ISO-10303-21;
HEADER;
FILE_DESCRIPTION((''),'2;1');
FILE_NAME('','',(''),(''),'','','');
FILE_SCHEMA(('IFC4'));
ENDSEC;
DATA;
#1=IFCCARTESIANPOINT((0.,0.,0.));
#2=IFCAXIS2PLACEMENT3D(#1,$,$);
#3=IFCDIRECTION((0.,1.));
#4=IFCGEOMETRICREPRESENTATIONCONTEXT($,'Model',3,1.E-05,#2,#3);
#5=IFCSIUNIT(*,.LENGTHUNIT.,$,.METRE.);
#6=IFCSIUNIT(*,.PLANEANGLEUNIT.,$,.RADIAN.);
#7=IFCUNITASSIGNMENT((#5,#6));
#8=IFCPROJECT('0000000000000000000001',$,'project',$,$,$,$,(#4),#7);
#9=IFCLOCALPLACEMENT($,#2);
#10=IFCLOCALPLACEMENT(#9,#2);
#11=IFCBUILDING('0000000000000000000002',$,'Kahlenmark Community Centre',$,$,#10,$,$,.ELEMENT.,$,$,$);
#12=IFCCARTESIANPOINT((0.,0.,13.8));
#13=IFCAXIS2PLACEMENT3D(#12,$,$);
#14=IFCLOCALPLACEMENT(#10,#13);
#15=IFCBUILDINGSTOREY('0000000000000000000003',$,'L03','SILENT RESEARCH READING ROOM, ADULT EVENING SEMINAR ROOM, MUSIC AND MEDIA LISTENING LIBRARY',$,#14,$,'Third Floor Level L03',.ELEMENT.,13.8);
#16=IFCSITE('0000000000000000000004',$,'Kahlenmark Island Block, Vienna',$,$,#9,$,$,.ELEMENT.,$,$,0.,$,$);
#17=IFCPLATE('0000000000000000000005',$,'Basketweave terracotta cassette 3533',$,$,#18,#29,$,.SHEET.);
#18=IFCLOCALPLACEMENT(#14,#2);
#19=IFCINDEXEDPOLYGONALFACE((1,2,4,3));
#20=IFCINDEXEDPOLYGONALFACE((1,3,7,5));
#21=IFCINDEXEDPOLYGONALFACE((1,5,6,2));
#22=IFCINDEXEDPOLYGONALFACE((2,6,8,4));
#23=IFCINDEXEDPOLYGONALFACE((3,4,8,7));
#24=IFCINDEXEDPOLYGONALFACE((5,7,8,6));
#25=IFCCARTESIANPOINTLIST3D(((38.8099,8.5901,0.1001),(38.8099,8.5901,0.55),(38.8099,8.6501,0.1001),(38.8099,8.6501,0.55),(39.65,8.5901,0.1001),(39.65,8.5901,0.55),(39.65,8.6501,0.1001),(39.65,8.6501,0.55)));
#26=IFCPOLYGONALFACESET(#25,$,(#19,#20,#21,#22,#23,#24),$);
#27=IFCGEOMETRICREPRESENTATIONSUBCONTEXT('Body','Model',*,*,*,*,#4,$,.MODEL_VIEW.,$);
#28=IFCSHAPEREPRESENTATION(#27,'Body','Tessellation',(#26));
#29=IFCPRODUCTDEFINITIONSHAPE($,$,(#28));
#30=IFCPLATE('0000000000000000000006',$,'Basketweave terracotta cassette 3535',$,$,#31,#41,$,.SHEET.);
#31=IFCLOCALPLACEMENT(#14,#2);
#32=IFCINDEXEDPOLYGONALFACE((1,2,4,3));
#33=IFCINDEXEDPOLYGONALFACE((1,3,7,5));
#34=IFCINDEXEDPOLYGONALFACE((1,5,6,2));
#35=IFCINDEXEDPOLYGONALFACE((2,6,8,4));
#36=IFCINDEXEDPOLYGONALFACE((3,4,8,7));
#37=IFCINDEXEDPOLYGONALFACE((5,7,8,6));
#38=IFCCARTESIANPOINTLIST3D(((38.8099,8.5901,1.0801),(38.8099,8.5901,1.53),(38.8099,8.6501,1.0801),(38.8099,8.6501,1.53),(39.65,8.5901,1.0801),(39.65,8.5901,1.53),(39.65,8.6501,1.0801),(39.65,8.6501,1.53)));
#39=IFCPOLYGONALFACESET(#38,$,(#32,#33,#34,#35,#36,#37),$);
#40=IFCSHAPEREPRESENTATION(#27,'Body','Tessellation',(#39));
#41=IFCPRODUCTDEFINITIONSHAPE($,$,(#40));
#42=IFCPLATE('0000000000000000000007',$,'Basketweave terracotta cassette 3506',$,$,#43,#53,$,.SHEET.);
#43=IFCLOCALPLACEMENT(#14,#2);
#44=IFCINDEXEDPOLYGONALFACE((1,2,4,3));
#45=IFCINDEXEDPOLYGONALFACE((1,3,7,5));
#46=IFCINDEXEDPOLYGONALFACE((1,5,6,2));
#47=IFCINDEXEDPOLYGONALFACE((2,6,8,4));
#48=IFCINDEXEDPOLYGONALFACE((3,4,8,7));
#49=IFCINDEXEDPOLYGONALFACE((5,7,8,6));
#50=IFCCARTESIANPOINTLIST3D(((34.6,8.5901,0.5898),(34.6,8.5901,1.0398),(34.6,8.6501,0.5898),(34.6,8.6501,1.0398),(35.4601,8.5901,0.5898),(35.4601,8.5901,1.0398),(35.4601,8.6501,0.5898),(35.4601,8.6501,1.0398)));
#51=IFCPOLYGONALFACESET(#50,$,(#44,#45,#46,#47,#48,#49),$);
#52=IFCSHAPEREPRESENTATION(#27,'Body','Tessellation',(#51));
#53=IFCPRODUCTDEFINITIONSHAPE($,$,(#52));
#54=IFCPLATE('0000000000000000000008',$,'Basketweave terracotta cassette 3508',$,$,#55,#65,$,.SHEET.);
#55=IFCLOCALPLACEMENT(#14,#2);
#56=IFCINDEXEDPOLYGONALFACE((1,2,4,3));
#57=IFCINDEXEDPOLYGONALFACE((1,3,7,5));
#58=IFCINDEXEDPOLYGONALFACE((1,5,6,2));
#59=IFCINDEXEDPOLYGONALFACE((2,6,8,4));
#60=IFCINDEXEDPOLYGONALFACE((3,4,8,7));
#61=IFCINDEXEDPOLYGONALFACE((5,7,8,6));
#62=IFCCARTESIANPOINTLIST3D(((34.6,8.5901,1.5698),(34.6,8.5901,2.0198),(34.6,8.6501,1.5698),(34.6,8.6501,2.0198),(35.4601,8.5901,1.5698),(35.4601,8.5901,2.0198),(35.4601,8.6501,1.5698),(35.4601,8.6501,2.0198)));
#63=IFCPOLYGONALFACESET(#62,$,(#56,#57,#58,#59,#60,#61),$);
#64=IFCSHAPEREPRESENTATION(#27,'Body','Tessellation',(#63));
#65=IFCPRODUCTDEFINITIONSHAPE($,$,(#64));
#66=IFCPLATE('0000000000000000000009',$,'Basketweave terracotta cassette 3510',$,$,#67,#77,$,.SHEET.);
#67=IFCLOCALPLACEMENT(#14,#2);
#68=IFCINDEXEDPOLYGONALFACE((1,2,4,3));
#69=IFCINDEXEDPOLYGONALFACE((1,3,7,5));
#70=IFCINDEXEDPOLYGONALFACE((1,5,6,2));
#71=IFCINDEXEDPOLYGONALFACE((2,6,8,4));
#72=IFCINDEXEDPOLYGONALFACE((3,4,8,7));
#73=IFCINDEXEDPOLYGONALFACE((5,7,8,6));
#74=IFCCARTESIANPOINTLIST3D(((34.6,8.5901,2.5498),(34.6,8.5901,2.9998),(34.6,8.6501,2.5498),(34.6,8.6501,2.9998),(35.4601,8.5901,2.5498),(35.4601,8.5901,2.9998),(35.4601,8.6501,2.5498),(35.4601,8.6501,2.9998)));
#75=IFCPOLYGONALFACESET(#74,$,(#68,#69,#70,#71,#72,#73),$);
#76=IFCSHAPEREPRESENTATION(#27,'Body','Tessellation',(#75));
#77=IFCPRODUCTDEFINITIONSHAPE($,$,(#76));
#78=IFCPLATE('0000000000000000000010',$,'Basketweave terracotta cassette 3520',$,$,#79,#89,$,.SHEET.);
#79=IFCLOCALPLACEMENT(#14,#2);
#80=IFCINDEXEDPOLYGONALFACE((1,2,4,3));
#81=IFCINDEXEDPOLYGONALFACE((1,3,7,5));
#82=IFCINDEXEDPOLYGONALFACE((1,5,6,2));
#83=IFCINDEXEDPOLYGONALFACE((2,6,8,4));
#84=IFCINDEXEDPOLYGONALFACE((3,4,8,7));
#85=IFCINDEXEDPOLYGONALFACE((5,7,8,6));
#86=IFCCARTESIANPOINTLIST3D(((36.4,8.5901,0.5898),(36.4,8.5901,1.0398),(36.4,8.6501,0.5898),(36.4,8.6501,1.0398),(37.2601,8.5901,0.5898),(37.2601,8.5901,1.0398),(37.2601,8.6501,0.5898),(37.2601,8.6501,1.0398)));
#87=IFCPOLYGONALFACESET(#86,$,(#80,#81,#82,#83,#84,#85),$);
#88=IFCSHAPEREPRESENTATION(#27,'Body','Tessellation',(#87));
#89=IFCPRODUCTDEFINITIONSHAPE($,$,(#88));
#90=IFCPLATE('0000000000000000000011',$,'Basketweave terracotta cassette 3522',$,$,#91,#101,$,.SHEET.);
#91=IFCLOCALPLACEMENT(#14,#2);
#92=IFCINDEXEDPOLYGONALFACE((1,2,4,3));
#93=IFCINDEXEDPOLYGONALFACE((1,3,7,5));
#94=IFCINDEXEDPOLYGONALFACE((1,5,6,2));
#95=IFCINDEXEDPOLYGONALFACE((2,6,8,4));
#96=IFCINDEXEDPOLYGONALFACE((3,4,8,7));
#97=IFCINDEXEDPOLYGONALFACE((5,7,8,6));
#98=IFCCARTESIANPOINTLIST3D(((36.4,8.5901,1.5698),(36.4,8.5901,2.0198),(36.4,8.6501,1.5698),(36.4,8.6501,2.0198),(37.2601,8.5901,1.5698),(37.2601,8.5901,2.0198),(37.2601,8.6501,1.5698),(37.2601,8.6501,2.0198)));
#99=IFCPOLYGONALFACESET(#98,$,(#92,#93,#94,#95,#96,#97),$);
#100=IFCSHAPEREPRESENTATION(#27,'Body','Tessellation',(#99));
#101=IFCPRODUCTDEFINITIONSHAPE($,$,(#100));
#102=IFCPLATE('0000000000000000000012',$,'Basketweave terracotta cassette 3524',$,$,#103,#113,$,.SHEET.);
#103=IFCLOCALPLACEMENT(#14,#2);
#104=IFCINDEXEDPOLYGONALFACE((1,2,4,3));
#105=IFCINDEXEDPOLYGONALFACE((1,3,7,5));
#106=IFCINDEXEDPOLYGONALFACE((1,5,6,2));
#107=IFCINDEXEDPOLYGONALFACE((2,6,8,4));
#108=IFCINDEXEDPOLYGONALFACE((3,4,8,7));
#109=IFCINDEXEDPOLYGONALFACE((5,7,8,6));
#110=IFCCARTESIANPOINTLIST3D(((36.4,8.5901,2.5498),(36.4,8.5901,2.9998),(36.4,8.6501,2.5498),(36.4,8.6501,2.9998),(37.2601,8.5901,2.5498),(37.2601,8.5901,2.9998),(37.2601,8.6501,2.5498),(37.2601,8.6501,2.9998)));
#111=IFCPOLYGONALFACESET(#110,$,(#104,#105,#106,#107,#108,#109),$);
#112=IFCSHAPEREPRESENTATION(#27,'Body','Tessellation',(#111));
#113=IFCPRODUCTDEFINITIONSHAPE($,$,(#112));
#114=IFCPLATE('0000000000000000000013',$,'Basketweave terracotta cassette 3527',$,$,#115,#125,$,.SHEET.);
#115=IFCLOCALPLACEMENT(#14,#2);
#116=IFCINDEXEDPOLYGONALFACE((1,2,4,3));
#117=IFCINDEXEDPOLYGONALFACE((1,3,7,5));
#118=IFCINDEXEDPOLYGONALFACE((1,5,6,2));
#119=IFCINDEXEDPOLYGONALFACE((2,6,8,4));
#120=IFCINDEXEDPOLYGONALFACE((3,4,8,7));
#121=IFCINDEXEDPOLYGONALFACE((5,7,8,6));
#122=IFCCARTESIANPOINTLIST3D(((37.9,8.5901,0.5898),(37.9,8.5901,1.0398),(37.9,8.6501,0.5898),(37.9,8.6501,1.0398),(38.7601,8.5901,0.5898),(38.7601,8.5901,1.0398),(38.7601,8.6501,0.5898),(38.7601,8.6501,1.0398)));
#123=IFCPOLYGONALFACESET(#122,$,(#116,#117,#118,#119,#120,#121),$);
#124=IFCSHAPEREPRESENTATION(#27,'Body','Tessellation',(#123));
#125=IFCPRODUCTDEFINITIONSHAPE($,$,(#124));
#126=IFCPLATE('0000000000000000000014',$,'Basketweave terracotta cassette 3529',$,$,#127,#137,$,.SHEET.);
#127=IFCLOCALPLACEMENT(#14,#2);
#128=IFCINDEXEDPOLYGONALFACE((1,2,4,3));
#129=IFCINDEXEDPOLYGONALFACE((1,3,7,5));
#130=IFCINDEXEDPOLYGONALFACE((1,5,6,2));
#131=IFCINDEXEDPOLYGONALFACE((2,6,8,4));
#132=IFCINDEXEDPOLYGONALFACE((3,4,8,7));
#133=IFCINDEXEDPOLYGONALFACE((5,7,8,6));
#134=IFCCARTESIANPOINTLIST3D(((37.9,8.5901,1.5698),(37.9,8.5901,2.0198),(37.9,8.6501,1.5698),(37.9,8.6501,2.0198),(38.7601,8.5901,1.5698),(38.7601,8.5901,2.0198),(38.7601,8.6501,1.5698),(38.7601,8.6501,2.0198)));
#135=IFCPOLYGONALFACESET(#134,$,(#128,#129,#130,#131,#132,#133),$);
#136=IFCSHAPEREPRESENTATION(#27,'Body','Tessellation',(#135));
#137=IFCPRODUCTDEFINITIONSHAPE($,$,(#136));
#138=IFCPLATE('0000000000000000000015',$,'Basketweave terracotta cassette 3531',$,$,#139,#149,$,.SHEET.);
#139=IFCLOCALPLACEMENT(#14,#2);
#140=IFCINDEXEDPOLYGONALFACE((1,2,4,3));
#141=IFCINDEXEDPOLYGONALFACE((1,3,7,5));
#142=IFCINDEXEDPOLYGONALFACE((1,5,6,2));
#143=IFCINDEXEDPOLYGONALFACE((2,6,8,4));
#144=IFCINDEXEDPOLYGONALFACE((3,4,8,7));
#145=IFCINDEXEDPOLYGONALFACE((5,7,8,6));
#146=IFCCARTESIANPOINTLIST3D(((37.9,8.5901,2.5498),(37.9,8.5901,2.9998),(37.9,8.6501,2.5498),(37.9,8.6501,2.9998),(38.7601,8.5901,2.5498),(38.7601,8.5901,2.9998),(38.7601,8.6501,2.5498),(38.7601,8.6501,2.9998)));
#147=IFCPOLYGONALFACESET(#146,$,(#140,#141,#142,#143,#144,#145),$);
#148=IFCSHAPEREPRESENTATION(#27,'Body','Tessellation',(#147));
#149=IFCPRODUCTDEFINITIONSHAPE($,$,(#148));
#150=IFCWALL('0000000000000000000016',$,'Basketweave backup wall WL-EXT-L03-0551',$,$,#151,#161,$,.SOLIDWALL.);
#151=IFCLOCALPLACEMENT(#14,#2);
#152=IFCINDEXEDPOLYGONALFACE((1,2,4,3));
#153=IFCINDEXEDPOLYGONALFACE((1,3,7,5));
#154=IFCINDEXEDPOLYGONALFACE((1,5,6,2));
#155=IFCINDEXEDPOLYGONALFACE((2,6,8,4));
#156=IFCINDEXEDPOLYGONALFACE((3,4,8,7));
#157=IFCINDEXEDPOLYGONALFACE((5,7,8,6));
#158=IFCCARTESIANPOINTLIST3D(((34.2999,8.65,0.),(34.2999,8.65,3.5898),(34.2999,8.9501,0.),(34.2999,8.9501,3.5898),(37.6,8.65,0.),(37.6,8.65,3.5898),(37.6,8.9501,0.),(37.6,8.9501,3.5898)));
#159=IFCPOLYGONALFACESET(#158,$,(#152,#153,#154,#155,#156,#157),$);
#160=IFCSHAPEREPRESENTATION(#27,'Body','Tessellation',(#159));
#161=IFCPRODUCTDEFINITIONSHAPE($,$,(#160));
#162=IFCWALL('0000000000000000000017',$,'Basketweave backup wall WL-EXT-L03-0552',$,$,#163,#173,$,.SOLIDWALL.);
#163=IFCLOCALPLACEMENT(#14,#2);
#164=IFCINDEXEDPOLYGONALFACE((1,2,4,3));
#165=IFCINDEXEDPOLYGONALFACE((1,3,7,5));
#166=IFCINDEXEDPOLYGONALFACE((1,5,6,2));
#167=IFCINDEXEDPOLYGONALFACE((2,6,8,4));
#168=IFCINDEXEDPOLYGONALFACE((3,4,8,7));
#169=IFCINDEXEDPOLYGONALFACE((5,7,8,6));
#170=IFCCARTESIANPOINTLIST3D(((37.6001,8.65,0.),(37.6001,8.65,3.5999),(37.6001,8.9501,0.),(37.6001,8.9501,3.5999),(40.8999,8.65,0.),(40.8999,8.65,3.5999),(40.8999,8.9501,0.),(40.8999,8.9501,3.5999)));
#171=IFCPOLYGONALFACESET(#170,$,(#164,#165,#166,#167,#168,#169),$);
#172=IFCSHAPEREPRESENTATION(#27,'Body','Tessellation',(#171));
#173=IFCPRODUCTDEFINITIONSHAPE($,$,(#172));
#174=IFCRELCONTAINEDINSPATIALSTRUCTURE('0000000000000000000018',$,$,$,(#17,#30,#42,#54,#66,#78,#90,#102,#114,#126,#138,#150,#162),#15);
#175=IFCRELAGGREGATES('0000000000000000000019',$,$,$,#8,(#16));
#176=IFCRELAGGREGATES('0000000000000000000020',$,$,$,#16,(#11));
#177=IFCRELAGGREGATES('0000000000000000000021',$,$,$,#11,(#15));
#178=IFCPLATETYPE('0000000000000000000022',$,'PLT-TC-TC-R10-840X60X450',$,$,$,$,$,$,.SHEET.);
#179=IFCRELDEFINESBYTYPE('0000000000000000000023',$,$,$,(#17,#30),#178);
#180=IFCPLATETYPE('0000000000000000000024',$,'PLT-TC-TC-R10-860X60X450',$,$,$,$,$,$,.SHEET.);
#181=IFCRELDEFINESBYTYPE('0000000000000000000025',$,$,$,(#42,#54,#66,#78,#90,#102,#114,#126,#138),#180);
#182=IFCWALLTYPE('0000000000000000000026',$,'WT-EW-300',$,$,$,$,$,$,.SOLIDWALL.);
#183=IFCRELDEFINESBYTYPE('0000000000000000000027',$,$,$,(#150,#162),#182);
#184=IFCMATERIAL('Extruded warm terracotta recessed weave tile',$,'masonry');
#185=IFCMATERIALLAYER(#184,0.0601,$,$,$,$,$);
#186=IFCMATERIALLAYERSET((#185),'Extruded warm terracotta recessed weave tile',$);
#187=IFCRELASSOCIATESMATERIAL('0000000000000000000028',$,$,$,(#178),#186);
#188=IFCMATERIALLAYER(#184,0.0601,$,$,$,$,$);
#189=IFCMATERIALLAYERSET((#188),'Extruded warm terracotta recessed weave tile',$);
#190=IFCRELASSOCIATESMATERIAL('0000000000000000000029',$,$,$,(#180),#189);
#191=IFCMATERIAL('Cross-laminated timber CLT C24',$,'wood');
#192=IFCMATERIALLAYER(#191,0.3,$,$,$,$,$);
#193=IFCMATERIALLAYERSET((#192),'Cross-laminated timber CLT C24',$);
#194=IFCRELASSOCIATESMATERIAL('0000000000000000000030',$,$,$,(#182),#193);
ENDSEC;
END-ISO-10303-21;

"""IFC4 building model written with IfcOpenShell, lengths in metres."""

from ifc_helpers import new_model, si_unit, direction, frame, frame_2d, origin, origin_2d, place, context, subcontext, project, spatial, rectangle, extrude, material, layer, layer_set, type_object, element, save


model = new_model("IFC4")

# Units and contexts
model_context = context("Model", 3, precision=1e-05, world=origin(), true_north=direction((0.0, 1.0)))
body_context = subcontext(model_context, "Body", "Model", "MODEL_VIEW")
ifc_project = project(units=[si_unit("LENGTHUNIT", "METRE"), si_unit("PLANEANGLEUNIT", "RADIAN")], contexts=[model_context])

# Site, building, storey
site_placement = place(None, origin())
site = spatial("IfcSite", under=ifc_project, at=site_placement, Name="Kahlenmark Island Block, Vienna", CompositionType="ELEMENT", RefElevation=0.0)
building_placement = place(site_placement, origin())
building = spatial("IfcBuilding", under=site, at=building_placement, Name="Kahlenmark Community Centre", CompositionType="ELEMENT")
storey_placement = place(building_placement, frame((0.0, 0.0, 13.8)))
storey = spatial("IfcBuildingStorey", under=building, at=storey_placement, Name="L03", Description="SILENT RESEARCH READING ROOM, ADULT EVENING SEMINAR ROOM, MUSIC AND MEDIA LISTENING LIBRARY", LongName="Third Floor Level L03", CompositionType="ELEMENT", Elevation=13.8)

# Plates
ifc_material_1 = material(Name="Extruded warm terracotta recessed weave tile", Category="masonry")
ifc_layer_1 = layer(ifc_material_1, 0.0601)
ifc_layer_set_1 = layer_set([ifc_layer_1], Name="Extruded warm terracotta recessed weave tile")
plate_type_1 = type_object("IfcPlateType", Name="PLT-TC-TC-R10-840X60X450", PredefinedType="SHEET", material=ifc_layer_set_1)
for number, where, z_axis, x_axis, name in (
    (1, (39.23, 8.6201, 0.1001), (0.0, 0.0, 1.0), (1.0, 0.0, 0.0), "Basketweave terracotta cassette 3533"),
    (2, (39.23, 8.6201, 1.0801), (0.0, 0.0, 1.0), (1.0, 0.0, 0.0), "Basketweave terracotta cassette 3535"),
):
    element("IfcPlate", number, at=place(storey_placement, frame(where, z_axis=z_axis, x_axis=x_axis)), inside=storey, type_object=plate_type_1, Name=name, PredefinedType="SHEET", context=body_context, shape_type="SweptSolid", body=[
        extrude(rectangle(XDim=0.8401, YDim=0.0601, at=origin_2d()), origin(), (0.0, 0.0, 1.0), 0.45),
    ])
ifc_layer_2 = layer(ifc_material_1, 0.0601)
ifc_layer_set_2 = layer_set([ifc_layer_2], Name="Extruded warm terracotta recessed weave tile")
plate_type_2 = type_object("IfcPlateType", Name="PLT-TC-TC-R10-860X60X450", PredefinedType="SHEET", material=ifc_layer_set_2)
for number, where, z_axis, x_axis, name in (
    (3, (35.03, 8.6201, 0.5898), (0.0, 0.0, 1.0), (1.0, 0.0, 0.0), "Basketweave terracotta cassette 3506"),
    (4, (35.03, 8.6201, 1.5698), (0.0, 0.0, 1.0), (1.0, 0.0, 0.0), "Basketweave terracotta cassette 3508"),
    (5, (35.03, 8.6201, 2.5498), (0.0, 0.0, 1.0), (1.0, 0.0, 0.0), "Basketweave terracotta cassette 3510"),
    (6, (36.8301, 8.6201, 0.5898), (0.0, 0.0, 1.0), (1.0, 0.0, 0.0), "Basketweave terracotta cassette 3520"),
    (7, (36.8301, 8.6201, 1.5698), (0.0, 0.0, 1.0), (1.0, 0.0, 0.0), "Basketweave terracotta cassette 3522"),
    (8, (36.8301, 8.6201, 2.5498), (0.0, 0.0, 1.0), (1.0, 0.0, 0.0), "Basketweave terracotta cassette 3524"),
    (9, (38.3301, 8.6201, 0.5898), (0.0, 0.0, 1.0), (1.0, 0.0, 0.0), "Basketweave terracotta cassette 3527"),
    (10, (38.3301, 8.6201, 1.5698), (0.0, 0.0, 1.0), (1.0, 0.0, 0.0), "Basketweave terracotta cassette 3529"),
    (11, (38.3301, 8.6201, 2.5498), (0.0, 0.0, 1.0), (1.0, 0.0, 0.0), "Basketweave terracotta cassette 3531"),
):
    element("IfcPlate", number, at=place(storey_placement, frame(where, z_axis=z_axis, x_axis=x_axis)), inside=storey, type_object=plate_type_2, Name=name, PredefinedType="SHEET", context=body_context, shape_type="SweptSolid", body=[
        extrude(rectangle(XDim=0.8601, YDim=0.0601, at=origin_2d()), origin(), (0.0, 0.0, 1.0), 0.45),
    ])

# Walls
ifc_material_2 = material(Name="Cross-laminated timber CLT C24", Category="wood")
ifc_layer_3 = layer(ifc_material_2, 0.3)
ifc_layer_set_3 = layer_set([ifc_layer_3], Name="Cross-laminated timber CLT C24")
wall_type = type_object("IfcWallType", Name="WT-EW-300", PredefinedType="SOLIDWALL", material=ifc_layer_set_3)
wall_1_placement = place(storey_placement, frame((34.3, 8.8, 0.0), z_axis=(0.0, 0.0, 1.0), x_axis=(1.0, 0.0, 0.0)))
element("IfcWall", 12, at=wall_1_placement, inside=storey, type_object=wall_type, Name="Basketweave backup wall WL-EXT-L03-0551", PredefinedType="SOLIDWALL", context=body_context, shape_type="SweptSolid", body=[
    extrude(rectangle(XDim=3.3, YDim=0.3, at=frame_2d((1.6499, 0.0))), origin(), (0.0, 0.0, 1.0), 3.5898),
])
wall_2_placement = place(storey_placement, frame((37.6001, 8.8, 0.0), z_axis=(0.0, 0.0, 1.0), x_axis=(1.0, 0.0, 0.0)))
element("IfcWall", 13, at=wall_2_placement, inside=storey, type_object=wall_type, Name="Basketweave backup wall WL-EXT-L03-0552", PredefinedType="SOLIDWALL", context=body_context, shape_type="SweptSolid", body=[
    extrude(rectangle(XDim=3.2998, YDim=0.3, at=frame_2d((1.6499, 0.0))), origin(), (0.0, 0.0, 1.0), 3.5999),
])

save(model, "model.ifc")
